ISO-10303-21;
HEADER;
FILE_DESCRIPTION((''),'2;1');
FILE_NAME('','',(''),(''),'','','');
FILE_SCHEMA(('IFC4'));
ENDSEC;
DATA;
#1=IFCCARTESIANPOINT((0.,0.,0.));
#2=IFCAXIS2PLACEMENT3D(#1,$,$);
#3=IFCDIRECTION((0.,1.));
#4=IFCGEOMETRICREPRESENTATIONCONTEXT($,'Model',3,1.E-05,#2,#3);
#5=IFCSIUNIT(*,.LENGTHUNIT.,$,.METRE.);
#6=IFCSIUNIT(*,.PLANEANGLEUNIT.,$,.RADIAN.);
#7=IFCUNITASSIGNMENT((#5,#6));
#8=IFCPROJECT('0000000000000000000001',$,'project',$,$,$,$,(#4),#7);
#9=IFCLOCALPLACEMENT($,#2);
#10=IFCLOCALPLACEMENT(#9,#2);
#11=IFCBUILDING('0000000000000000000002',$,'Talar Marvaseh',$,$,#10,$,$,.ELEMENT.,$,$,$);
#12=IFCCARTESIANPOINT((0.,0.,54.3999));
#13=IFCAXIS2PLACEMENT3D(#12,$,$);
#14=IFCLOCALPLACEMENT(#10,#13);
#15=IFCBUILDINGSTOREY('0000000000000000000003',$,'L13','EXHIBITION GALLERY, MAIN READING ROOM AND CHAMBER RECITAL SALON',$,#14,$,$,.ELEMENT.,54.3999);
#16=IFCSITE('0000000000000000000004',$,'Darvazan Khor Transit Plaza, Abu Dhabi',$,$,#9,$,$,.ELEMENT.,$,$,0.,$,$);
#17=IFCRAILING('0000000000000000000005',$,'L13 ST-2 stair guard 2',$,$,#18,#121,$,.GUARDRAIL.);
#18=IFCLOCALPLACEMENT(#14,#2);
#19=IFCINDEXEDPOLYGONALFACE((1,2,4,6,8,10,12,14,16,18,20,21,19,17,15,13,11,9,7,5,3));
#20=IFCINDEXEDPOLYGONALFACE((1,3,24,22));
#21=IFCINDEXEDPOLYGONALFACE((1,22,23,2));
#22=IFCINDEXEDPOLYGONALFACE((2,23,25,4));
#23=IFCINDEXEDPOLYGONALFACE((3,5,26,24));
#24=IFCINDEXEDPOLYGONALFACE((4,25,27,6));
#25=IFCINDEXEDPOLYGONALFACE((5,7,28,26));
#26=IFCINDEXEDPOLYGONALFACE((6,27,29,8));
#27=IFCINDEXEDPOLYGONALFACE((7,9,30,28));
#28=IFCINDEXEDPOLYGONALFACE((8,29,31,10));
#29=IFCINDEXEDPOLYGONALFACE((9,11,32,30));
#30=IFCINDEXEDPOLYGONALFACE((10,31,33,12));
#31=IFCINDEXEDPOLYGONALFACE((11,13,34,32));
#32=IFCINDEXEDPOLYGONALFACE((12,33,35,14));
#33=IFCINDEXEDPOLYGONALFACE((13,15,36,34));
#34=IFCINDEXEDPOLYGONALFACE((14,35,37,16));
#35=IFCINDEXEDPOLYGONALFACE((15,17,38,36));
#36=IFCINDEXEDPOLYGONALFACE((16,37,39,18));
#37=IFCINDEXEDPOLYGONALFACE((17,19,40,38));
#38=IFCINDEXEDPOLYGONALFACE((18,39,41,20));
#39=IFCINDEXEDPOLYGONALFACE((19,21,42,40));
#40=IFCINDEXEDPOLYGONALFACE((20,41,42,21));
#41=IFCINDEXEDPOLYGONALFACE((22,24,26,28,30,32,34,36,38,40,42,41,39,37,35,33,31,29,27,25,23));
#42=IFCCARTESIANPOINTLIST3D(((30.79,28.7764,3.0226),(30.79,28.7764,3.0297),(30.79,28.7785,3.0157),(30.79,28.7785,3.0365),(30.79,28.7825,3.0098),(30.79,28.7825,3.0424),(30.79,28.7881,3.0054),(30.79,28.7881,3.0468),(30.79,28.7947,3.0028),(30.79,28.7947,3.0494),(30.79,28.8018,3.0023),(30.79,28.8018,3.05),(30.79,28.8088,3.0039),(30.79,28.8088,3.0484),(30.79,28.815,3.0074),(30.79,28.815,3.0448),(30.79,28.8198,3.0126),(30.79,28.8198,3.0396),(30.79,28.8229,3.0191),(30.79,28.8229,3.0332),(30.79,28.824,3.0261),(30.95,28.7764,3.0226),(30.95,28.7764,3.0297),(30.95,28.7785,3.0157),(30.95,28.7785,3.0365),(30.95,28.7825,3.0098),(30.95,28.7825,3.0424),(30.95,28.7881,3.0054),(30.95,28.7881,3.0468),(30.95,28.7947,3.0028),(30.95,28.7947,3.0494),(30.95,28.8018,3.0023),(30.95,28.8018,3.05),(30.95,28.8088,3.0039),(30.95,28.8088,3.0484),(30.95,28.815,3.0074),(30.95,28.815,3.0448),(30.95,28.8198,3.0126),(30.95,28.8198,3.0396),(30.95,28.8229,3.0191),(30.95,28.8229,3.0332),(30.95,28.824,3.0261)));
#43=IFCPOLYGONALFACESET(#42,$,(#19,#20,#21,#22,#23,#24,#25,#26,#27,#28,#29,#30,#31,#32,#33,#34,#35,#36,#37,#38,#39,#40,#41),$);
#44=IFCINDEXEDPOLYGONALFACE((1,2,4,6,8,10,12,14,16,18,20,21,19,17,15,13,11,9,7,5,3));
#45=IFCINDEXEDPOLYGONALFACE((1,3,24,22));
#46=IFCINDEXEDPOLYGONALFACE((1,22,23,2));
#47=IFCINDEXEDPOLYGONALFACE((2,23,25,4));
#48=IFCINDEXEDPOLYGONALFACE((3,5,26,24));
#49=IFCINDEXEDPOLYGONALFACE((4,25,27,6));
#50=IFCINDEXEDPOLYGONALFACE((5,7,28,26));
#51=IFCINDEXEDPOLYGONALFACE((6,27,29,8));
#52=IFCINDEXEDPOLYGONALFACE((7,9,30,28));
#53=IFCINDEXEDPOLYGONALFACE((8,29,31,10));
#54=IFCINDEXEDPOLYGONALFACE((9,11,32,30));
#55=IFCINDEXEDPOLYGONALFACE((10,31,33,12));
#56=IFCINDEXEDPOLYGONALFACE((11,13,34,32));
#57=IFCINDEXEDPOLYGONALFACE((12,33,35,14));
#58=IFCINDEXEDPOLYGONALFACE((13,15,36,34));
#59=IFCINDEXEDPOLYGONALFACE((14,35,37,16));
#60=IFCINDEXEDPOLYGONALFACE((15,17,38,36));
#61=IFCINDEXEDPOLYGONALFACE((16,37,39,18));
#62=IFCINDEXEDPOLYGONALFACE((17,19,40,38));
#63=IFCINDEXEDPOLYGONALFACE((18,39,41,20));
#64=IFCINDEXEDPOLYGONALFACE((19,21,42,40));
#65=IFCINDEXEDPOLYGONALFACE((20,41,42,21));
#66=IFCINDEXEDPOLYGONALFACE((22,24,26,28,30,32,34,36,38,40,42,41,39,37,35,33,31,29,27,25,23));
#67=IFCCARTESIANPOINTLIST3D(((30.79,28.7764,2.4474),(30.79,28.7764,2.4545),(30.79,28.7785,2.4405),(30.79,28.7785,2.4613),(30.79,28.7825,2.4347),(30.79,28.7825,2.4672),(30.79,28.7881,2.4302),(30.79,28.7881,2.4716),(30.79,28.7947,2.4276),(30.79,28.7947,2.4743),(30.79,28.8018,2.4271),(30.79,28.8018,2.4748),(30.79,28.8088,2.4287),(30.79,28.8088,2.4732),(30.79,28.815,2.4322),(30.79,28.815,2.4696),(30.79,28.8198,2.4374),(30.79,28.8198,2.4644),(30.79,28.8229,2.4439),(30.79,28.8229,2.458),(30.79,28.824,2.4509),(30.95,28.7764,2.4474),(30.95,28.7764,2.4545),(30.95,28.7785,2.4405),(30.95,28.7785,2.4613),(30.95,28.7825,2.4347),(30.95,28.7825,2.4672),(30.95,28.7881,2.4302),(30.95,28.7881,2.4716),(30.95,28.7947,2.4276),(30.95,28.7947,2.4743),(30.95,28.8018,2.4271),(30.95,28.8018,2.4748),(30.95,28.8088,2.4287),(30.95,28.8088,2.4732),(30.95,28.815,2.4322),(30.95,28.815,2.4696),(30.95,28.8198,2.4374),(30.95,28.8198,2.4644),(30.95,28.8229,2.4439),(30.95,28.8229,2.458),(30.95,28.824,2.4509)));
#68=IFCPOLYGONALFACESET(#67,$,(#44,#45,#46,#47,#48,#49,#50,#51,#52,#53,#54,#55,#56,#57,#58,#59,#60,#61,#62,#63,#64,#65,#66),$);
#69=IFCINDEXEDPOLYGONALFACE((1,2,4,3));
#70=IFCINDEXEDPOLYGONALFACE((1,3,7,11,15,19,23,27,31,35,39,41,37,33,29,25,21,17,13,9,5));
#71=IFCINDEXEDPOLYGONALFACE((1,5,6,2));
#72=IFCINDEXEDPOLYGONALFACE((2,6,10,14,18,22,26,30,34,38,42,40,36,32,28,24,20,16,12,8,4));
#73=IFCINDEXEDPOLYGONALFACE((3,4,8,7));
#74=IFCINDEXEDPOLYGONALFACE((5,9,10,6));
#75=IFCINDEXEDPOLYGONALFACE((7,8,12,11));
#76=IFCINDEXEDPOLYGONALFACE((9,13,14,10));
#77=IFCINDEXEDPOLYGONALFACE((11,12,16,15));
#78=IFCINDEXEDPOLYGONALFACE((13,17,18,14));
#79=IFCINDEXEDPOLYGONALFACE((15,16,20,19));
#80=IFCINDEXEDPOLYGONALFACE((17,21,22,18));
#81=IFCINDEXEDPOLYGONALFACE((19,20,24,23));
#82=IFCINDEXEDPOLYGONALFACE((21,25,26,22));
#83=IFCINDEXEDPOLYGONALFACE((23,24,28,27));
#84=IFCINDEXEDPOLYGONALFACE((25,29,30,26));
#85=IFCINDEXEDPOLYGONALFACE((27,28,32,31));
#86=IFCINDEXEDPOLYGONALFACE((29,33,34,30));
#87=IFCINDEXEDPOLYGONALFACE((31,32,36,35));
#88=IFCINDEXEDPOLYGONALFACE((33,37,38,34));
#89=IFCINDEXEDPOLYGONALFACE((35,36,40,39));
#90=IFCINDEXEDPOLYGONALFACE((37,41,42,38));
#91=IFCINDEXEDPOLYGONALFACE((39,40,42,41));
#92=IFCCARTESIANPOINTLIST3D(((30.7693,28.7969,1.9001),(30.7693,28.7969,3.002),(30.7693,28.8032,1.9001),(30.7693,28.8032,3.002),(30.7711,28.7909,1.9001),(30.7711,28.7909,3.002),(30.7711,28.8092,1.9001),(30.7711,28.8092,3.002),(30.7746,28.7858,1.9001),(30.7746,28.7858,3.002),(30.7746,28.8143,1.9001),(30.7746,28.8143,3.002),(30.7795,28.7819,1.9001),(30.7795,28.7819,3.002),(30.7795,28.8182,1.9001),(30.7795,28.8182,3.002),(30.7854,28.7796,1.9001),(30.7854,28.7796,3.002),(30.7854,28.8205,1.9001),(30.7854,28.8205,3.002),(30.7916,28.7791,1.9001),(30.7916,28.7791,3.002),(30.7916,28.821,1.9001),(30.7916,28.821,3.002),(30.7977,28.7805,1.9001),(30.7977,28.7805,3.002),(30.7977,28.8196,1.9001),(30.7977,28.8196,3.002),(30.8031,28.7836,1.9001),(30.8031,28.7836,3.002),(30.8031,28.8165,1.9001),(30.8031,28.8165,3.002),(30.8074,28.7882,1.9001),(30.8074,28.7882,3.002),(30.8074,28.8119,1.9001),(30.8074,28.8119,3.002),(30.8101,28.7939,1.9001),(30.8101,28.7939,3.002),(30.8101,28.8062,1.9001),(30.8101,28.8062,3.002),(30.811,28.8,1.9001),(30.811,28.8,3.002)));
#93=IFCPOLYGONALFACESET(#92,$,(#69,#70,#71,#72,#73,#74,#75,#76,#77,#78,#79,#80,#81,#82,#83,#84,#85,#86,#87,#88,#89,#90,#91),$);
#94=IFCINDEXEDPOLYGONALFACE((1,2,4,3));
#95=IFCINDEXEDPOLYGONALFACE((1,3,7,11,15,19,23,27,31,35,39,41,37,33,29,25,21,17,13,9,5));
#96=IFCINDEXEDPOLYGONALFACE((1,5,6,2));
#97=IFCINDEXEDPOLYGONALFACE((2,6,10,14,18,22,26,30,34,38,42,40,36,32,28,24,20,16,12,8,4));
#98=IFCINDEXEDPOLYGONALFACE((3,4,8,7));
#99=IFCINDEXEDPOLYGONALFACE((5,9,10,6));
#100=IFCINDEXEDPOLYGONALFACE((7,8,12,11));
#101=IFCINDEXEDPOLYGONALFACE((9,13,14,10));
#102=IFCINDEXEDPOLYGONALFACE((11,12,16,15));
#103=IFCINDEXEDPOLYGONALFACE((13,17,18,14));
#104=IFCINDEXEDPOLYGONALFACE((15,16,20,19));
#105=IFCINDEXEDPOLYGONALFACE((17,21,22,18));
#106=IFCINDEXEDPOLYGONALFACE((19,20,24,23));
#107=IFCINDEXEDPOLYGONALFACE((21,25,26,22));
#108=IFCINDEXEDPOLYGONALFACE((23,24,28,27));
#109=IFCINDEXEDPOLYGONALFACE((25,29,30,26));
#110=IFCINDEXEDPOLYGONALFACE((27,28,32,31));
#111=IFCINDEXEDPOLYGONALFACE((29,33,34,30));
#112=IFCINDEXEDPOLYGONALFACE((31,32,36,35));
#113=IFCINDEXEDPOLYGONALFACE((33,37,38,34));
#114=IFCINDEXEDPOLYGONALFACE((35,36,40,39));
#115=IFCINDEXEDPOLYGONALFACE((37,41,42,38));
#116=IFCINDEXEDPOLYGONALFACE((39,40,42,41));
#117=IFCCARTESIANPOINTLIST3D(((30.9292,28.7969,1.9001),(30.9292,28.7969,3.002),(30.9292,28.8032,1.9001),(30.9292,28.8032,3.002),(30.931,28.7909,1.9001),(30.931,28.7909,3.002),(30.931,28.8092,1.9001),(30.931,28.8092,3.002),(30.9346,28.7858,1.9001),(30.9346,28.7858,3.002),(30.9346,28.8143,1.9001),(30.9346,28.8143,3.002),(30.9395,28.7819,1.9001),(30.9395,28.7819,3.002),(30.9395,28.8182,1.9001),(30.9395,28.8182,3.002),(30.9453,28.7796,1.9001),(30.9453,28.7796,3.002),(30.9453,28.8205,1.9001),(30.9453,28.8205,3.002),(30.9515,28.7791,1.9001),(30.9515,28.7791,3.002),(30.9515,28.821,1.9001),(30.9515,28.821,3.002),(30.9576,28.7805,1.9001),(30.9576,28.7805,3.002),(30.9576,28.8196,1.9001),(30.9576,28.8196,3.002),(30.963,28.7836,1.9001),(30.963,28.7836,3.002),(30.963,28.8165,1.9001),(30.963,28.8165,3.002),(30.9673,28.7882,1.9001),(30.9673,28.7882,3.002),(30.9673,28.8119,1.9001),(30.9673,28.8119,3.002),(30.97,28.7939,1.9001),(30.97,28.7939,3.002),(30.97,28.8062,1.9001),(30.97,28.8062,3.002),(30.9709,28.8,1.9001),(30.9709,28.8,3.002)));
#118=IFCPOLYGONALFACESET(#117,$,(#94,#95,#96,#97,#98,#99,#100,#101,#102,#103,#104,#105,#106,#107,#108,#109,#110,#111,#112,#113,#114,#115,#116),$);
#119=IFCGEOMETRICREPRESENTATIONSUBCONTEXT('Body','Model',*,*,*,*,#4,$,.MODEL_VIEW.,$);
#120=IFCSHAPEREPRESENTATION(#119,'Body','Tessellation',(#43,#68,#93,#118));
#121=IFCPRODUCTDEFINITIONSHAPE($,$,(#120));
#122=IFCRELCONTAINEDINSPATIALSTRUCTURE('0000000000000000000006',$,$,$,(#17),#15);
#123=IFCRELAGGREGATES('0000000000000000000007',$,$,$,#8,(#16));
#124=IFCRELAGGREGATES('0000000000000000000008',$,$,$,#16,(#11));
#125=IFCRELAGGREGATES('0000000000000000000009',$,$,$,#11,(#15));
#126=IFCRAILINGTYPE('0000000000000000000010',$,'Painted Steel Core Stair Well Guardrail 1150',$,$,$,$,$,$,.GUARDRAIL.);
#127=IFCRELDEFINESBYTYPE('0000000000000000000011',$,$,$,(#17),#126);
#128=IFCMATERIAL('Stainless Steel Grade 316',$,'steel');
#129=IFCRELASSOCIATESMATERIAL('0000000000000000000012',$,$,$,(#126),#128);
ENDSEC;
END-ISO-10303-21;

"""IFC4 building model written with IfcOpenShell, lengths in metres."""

from ifc_helpers import new_model, si_unit, direction, frame, origin, origin_2d, place, context, subcontext, project, spatial, circle, extrude, material, type_object, element, save


model = new_model("IFC4")

# Units and contexts
model_context = context("Model", 3, precision=1e-05, world=origin(), true_north=direction((0.0, 1.0)))
body_context = subcontext(model_context, "Body", "Model", "MODEL_VIEW")
ifc_project = project(units=[si_unit("LENGTHUNIT", "METRE"), si_unit("PLANEANGLEUNIT", "RADIAN")], contexts=[model_context])

# Site, building, storey
site_placement = place(None, origin())
site = spatial("IfcSite", under=ifc_project, at=site_placement, Name="Darvazan Khor Transit Plaza, Abu Dhabi", CompositionType="ELEMENT", RefElevation=0.0)
building_placement = place(site_placement, origin())
building = spatial("IfcBuilding", under=site, at=building_placement, Name="Talar Marvaseh", CompositionType="ELEMENT")
storey_placement = place(building_placement, frame((0.0, 0.0, 54.3999)))
storey = spatial("IfcBuildingStorey", under=building, at=storey_placement, Name="L13", Description="EXHIBITION GALLERY, MAIN READING ROOM AND CHAMBER RECITAL SALON", CompositionType="ELEMENT", Elevation=54.3999)

# Railing
ifc_material_1 = material(Name="Stainless Steel Grade 316", Category="steel")
railing_type_1 = type_object("IfcRailingType", Name="Painted Steel Core Stair Well Guardrail 1150", PredefinedType="GUARDRAIL", material=ifc_material_1)
railing_1_placement = place(storey_placement, frame((30.79, 28.8, 1.9001)))
element("IfcRailing", 1, at=railing_1_placement, inside=storey, type_object=railing_type_1, Name="L13 ST-2 stair guard 2", PredefinedType="GUARDRAIL", context=body_context, shape_type="SweptSolid", body=[
    extrude(circle(Radius=0.0239, at=origin_2d()), frame((0.0, 0.0, 1.126), z_axis=(1.0, 0.0, 0.0), x_axis=(0.0, 1.0, 0.0)), (0.0, 0.0, 1.0), 0.1599),
    extrude(circle(Radius=0.0239, at=origin_2d()), frame((0.0, 0.0, 0.5508), z_axis=(1.0, 0.0, 0.0), x_axis=(0.0, 1.0, 0.0)), (0.0, 0.0, 1.0), 0.1599),
    extrude(circle(Radius=0.021, at=origin_2d()), origin(), (0.0, 0.0, 1.0), 1.1018),
    extrude(circle(Radius=0.021, at=origin_2d()), frame((0.1599, 0.0, 0.0)), (0.0, 0.0, 1.0), 1.1018),
])

save(model, "model.ifc")
